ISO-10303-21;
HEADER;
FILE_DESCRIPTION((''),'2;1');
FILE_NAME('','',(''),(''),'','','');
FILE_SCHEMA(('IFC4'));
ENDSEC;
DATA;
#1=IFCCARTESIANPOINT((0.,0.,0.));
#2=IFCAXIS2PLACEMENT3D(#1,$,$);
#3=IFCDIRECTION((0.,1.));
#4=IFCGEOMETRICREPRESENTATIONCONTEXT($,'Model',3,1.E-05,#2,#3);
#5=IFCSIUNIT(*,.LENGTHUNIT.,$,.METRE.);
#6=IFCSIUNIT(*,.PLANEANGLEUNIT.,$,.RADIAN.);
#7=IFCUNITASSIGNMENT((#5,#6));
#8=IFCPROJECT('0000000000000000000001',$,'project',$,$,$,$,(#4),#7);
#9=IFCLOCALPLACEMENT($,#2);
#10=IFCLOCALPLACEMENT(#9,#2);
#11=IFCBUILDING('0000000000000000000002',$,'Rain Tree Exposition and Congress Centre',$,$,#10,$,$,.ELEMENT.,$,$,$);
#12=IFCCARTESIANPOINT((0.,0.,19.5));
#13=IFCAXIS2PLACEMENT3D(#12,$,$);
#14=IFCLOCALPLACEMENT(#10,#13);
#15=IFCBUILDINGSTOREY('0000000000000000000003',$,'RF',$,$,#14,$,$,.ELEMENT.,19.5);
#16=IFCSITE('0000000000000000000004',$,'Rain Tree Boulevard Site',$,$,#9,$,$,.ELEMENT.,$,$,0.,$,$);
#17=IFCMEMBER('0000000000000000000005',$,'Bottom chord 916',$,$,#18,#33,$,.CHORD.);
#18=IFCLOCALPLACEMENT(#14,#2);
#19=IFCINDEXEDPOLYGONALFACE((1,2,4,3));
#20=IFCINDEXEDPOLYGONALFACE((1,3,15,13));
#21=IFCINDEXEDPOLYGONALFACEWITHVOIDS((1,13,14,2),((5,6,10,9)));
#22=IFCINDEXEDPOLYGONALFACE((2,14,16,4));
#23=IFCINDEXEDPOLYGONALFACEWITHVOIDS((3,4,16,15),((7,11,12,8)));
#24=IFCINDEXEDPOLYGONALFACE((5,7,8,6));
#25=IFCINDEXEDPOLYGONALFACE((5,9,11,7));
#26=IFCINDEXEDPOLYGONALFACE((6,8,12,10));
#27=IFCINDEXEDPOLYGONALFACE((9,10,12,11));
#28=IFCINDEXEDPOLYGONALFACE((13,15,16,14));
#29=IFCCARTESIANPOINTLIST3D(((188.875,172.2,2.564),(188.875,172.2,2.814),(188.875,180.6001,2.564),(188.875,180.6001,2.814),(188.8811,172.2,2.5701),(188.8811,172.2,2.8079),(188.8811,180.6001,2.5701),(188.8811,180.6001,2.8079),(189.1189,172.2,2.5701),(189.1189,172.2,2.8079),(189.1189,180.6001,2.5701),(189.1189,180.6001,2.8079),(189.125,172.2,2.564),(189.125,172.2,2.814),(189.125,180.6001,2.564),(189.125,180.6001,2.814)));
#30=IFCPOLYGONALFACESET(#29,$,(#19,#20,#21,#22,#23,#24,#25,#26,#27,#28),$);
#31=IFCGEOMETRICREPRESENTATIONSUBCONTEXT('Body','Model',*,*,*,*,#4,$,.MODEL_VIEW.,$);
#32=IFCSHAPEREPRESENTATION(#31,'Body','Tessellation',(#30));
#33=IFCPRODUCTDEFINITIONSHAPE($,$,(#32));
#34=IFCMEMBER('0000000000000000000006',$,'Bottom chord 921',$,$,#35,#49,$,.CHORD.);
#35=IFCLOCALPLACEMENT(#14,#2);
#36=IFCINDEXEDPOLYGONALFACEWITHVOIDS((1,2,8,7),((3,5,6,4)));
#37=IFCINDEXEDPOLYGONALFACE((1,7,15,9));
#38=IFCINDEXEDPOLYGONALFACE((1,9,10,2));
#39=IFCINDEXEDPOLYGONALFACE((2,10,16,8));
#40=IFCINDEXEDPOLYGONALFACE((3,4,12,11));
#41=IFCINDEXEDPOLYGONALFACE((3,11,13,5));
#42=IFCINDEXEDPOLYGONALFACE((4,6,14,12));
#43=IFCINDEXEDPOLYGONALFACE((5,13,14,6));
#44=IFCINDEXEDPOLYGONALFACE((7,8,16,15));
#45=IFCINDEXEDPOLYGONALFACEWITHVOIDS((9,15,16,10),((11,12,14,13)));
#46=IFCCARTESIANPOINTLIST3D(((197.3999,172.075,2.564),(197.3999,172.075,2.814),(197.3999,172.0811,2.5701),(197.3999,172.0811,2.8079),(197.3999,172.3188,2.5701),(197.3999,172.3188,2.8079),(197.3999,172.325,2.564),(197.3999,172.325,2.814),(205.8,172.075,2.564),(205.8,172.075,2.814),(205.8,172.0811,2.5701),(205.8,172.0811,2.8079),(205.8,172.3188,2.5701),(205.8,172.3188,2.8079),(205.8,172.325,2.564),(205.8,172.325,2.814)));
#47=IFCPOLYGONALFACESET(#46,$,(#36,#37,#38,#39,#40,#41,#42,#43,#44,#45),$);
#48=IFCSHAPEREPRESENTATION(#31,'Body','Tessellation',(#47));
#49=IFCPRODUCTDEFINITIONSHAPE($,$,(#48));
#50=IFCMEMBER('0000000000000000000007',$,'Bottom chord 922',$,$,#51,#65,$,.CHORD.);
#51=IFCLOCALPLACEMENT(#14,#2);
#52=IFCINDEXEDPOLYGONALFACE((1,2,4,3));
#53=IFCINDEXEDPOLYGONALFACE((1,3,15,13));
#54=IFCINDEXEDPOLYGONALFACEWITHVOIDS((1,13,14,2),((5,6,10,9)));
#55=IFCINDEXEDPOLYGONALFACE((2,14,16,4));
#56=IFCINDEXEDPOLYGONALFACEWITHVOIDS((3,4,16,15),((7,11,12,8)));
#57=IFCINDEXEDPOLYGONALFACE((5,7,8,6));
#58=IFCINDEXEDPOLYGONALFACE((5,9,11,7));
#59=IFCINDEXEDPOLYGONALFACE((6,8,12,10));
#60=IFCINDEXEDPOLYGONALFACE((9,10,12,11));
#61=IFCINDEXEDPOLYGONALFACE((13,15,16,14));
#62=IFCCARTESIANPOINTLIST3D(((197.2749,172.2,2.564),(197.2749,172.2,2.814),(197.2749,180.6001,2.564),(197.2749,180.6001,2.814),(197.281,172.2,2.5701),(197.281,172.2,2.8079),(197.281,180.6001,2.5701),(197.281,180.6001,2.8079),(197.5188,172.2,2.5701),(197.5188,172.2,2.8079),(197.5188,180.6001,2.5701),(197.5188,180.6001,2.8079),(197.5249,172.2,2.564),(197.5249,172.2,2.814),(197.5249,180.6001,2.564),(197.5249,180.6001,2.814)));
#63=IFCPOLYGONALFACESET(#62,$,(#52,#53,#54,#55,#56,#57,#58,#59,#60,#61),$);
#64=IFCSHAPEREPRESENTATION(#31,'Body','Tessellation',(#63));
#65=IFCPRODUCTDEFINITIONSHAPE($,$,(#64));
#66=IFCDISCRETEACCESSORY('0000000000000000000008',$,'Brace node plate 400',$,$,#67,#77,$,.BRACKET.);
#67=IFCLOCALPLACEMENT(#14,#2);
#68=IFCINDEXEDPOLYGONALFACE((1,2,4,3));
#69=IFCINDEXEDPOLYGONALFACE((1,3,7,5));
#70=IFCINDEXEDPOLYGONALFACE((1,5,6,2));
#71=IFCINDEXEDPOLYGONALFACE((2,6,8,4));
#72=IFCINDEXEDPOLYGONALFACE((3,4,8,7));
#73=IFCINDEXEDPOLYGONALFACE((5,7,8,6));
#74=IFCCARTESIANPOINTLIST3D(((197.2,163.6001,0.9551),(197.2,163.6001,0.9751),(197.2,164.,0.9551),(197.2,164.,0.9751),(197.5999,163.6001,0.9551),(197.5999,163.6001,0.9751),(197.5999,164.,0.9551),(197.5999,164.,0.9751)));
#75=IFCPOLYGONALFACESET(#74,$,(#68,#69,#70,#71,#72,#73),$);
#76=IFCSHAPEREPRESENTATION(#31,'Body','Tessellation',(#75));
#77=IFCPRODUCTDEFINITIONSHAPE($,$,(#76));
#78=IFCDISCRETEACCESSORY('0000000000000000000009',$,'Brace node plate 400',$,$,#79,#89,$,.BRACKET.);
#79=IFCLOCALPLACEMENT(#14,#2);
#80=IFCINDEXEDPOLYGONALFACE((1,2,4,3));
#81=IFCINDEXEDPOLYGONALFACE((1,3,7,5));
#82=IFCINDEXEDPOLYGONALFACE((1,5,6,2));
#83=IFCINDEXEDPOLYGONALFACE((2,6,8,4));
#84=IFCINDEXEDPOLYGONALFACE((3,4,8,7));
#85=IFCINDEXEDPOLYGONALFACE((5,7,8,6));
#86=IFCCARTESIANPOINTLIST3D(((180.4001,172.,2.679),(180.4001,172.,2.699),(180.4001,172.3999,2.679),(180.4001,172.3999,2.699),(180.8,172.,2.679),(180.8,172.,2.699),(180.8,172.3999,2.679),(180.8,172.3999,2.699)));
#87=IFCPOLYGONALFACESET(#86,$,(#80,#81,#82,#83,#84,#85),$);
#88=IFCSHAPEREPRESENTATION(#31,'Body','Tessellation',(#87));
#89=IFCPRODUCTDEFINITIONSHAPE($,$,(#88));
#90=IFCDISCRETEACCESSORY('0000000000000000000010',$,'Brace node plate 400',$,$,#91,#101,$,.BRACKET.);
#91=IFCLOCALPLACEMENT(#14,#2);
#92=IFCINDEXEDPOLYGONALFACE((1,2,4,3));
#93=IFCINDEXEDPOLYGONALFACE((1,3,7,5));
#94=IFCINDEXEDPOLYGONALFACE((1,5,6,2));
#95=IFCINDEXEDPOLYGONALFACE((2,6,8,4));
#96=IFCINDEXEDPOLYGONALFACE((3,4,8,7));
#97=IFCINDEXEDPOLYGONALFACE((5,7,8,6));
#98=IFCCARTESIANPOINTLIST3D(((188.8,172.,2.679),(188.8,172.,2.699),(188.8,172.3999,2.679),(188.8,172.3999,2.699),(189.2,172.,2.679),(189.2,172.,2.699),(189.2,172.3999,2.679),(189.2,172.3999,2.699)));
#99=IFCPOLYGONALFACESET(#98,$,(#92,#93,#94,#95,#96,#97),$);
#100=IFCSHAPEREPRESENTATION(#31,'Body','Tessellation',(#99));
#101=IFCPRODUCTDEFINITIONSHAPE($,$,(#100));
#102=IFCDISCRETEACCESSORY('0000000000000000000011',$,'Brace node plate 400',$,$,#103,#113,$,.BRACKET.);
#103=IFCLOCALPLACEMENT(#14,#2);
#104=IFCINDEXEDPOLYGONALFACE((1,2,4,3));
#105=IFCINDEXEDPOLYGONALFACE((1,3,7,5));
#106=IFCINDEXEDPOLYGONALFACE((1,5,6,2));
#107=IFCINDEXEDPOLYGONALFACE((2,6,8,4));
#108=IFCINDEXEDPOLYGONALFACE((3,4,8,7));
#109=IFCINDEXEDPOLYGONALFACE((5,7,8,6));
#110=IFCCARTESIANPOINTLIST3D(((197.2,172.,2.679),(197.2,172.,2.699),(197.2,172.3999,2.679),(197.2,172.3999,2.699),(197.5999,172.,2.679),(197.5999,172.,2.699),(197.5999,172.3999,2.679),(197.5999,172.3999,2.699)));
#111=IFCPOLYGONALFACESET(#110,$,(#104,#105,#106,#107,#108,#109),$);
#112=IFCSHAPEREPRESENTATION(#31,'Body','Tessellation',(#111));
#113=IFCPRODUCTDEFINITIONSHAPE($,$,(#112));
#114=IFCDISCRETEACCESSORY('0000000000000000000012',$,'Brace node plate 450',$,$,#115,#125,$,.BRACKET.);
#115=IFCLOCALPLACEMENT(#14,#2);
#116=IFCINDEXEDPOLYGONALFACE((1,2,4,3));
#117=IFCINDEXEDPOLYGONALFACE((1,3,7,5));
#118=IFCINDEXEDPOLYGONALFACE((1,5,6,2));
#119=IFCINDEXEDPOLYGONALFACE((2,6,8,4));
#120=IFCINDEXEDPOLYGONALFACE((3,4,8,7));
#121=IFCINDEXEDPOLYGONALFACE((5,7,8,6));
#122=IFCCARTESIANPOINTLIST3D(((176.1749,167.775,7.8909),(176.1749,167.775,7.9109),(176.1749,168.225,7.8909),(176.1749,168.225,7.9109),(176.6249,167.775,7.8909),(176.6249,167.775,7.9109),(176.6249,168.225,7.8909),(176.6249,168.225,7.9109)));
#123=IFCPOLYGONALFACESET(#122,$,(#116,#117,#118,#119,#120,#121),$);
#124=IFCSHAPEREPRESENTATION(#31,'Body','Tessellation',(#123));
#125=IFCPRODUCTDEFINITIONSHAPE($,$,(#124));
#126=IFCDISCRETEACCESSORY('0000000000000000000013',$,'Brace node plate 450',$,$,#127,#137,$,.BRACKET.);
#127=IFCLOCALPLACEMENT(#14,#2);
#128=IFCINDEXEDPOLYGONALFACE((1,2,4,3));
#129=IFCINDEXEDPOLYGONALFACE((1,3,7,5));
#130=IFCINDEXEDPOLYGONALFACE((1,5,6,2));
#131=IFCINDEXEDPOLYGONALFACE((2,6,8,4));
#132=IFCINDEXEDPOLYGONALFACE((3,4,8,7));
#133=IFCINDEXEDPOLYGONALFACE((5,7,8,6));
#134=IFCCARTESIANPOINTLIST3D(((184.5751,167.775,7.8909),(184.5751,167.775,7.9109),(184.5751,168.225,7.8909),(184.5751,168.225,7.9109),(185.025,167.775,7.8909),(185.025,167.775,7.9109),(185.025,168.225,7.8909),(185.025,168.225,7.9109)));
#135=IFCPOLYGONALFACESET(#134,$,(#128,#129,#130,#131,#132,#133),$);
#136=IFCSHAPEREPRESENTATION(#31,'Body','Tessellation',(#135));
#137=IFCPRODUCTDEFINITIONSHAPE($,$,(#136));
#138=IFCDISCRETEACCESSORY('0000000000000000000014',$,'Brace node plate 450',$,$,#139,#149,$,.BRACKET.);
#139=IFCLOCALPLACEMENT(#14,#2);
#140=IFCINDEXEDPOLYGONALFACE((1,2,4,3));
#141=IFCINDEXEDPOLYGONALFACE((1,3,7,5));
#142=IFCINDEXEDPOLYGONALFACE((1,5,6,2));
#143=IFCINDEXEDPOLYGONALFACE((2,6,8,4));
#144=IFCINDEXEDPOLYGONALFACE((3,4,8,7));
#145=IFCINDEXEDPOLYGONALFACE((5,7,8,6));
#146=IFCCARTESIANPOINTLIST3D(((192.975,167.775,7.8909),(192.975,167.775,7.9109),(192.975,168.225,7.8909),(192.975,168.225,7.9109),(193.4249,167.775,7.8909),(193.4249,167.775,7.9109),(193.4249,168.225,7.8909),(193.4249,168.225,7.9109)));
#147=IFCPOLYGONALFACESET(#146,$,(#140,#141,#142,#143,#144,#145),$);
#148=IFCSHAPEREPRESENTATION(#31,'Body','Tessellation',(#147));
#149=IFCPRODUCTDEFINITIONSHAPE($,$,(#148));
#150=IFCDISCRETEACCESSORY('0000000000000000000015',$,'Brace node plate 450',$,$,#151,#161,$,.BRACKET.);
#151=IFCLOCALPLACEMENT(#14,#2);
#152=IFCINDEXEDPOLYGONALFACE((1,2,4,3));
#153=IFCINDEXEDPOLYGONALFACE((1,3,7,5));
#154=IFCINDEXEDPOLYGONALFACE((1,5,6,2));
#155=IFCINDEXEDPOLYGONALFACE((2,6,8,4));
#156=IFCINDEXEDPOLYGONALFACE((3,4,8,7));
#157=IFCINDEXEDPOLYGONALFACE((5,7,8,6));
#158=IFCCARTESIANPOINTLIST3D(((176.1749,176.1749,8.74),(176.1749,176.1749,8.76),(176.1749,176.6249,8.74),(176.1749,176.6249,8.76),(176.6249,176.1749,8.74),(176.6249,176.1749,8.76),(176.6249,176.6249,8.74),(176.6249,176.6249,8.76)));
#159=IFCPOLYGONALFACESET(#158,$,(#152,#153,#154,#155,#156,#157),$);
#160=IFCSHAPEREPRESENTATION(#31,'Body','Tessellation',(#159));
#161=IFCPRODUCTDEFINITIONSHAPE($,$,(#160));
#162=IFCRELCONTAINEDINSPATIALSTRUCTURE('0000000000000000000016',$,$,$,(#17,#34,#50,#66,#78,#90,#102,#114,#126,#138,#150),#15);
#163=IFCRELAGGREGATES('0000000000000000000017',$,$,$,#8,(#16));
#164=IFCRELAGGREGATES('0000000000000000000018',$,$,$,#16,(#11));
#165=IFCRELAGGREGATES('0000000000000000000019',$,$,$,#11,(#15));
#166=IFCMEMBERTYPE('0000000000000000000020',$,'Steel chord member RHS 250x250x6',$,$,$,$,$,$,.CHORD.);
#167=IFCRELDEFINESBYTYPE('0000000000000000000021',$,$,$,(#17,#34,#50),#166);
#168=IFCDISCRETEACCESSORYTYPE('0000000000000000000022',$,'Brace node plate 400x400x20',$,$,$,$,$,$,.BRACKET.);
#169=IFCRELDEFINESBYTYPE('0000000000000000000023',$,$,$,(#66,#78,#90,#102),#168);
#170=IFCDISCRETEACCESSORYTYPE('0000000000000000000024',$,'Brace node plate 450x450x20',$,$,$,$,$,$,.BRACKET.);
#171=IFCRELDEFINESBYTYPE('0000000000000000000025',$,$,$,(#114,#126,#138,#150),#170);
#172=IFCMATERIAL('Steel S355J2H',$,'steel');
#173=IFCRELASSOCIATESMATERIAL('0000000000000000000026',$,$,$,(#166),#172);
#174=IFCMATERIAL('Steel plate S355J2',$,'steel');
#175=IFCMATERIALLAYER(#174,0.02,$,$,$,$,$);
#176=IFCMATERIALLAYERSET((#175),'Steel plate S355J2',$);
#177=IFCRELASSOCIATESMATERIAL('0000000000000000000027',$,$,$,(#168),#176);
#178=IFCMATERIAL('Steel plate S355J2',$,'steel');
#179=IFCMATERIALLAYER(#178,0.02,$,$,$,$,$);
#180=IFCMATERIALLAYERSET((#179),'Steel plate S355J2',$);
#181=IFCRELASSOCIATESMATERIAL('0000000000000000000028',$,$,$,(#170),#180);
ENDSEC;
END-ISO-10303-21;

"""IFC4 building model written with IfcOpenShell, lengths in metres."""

from ifc_helpers import new_model, si_unit, direction, frame, origin, origin_2d, place, context, subcontext, project, spatial, rectangle, hollow_rectangle, extrude, material, layer, layer_set, material_profile, profile_set, type_object, element, save


model = new_model("IFC4")

# Units and contexts
model_context = context("Model", 3, precision=1e-05, world=origin(), true_north=direction((0.0, 1.0)))
body_context = subcontext(model_context, "Body", "Model", "MODEL_VIEW")
ifc_project = project(units=[si_unit("LENGTHUNIT", "METRE"), si_unit("PLANEANGLEUNIT", "RADIAN")], contexts=[model_context])

# Site, building, storey
site_placement = place(None, origin())
site = spatial("IfcSite", under=ifc_project, at=site_placement, Name="Rain Tree Boulevard Site", CompositionType="ELEMENT", RefElevation=0.0)
building_placement = place(site_placement, origin())
building = spatial("IfcBuilding", under=site, at=building_placement, Name="Rain Tree Exposition and Congress Centre", CompositionType="ELEMENT")
storey_placement = place(building_placement, frame((0.0, 0.0, 19.5)))
storey = spatial("IfcBuildingStorey", under=building, at=storey_placement, Name="RF", CompositionType="ELEMENT", Elevation=19.5)

# Members
ifc_material_1 = material(Name="Steel S355J2H", Category="steel")
ifc_material_profile_1 = material_profile(ifc_material_1, hollow_rectangle(XDim=0.25, YDim=0.25, WallThickness=0.0061, at=origin_2d()), Name="RHS 250x250x6")
ifc_profile_set_1 = profile_set([ifc_material_profile_1], Name="Steel S355J2H")
member_type_1 = type_object("IfcMemberType", Name="Steel chord member RHS 250x250x6", PredefinedType="CHORD", material=ifc_profile_set_1)
for number, where, z_axis, x_axis, name in (
    (1, (189.0, 172.2, 2.689), (0.0, 1.0, 0.0), (-1.0, 0.0, 0.0), "Bottom chord 916"),
    (2, (197.3999, 172.2, 2.689), (1.0, 0.0, 0.0), (0.0, 1.0, 0.0), "Bottom chord 921"),
    (3, (197.3999, 172.2, 2.689), (0.0, 1.0, 0.0), (-1.0, 0.0, 0.0), "Bottom chord 922"),
):
    element("IfcMember", number, at=place(storey_placement, frame(where, z_axis=z_axis, x_axis=x_axis)), inside=storey, type_object=member_type_1, Name=name, PredefinedType="CHORD", context=body_context, shape_type="SweptSolid", body=[
        extrude(hollow_rectangle(XDim=0.25, YDim=0.25, WallThickness=0.0061, at=origin_2d()), origin(), (0.0, 0.0, 1.0), 8.4001),
    ])

# Discrete accessories
ifc_material_2 = material(Name="Steel plate S355J2", Category="steel")
ifc_layer_1 = layer(ifc_material_2, 0.02)
ifc_layer_set_1 = layer_set([ifc_layer_1], Name="Steel plate S355J2")
discrete_accessory_type_1 = type_object("IfcDiscreteAccessoryType", Name="Brace node plate 400x400x20", PredefinedType="BRACKET", material=ifc_layer_set_1)
for number, where, z_axis, x_axis, name in (
    (4, (197.3999, 163.8, 0.9551), (0.0, 0.0, 1.0), (1.0, 0.0, 0.0), "Brace node plate 400"),
    (5, (180.6001, 172.2, 2.679), (0.0, 0.0, 1.0), (1.0, 0.0, 0.0), "Brace node plate 400"),
    (6, (189.0, 172.2, 2.679), (0.0, 0.0, 1.0), (1.0, 0.0, 0.0), "Brace node plate 400"),
    (7, (197.3999, 172.2, 2.679), (0.0, 0.0, 1.0), (1.0, 0.0, 0.0), "Brace node plate 400"),
):
    element("IfcDiscreteAccessory", number, at=place(storey_placement, frame(where, z_axis=z_axis, x_axis=x_axis)), inside=storey, type_object=discrete_accessory_type_1, Name=name, PredefinedType="BRACKET", context=body_context, shape_type="SweptSolid", body=[
        extrude(rectangle(XDim=0.3999, YDim=0.3999, at=origin_2d()), origin(), (0.0, 0.0, 1.0), 0.02),
    ])
ifc_material_3 = material(Name="Steel plate S355J2", Category="steel")
ifc_layer_2 = layer(ifc_material_3, 0.02)
ifc_layer_set_2 = layer_set([ifc_layer_2], Name="Steel plate S355J2")
discrete_accessory_type_2 = type_object("IfcDiscreteAccessoryType", Name="Brace node plate 450x450x20", PredefinedType="BRACKET", material=ifc_layer_set_2)
for number, where, z_axis, x_axis, name in (
    (8, (176.3999, 168.0, 7.8909), (0.0, 0.0, 1.0), (1.0, 0.0, 0.0), "Brace node plate 450"),
    (9, (184.8, 168.0, 7.8909), (0.0, 0.0, 1.0), (1.0, 0.0, 0.0), "Brace node plate 450"),
    (10, (193.2, 168.0, 7.8909), (0.0, 0.0, 1.0), (1.0, 0.0, 0.0), "Brace node plate 450"),
    (11, (176.3999, 176.3999, 8.74), (0.0, 0.0, 1.0), (1.0, 0.0, 0.0), "Brace node plate 450"),
):
    element("IfcDiscreteAccessory", number, at=place(storey_placement, frame(where, z_axis=z_axis, x_axis=x_axis)), inside=storey, type_object=discrete_accessory_type_2, Name=name, PredefinedType="BRACKET", context=body_context, shape_type="SweptSolid", body=[
        extrude(rectangle(XDim=0.45, YDim=0.45, at=origin_2d()), origin(), (0.0, 0.0, 1.0), 0.02),
    ])

save(model, "model.ifc")
